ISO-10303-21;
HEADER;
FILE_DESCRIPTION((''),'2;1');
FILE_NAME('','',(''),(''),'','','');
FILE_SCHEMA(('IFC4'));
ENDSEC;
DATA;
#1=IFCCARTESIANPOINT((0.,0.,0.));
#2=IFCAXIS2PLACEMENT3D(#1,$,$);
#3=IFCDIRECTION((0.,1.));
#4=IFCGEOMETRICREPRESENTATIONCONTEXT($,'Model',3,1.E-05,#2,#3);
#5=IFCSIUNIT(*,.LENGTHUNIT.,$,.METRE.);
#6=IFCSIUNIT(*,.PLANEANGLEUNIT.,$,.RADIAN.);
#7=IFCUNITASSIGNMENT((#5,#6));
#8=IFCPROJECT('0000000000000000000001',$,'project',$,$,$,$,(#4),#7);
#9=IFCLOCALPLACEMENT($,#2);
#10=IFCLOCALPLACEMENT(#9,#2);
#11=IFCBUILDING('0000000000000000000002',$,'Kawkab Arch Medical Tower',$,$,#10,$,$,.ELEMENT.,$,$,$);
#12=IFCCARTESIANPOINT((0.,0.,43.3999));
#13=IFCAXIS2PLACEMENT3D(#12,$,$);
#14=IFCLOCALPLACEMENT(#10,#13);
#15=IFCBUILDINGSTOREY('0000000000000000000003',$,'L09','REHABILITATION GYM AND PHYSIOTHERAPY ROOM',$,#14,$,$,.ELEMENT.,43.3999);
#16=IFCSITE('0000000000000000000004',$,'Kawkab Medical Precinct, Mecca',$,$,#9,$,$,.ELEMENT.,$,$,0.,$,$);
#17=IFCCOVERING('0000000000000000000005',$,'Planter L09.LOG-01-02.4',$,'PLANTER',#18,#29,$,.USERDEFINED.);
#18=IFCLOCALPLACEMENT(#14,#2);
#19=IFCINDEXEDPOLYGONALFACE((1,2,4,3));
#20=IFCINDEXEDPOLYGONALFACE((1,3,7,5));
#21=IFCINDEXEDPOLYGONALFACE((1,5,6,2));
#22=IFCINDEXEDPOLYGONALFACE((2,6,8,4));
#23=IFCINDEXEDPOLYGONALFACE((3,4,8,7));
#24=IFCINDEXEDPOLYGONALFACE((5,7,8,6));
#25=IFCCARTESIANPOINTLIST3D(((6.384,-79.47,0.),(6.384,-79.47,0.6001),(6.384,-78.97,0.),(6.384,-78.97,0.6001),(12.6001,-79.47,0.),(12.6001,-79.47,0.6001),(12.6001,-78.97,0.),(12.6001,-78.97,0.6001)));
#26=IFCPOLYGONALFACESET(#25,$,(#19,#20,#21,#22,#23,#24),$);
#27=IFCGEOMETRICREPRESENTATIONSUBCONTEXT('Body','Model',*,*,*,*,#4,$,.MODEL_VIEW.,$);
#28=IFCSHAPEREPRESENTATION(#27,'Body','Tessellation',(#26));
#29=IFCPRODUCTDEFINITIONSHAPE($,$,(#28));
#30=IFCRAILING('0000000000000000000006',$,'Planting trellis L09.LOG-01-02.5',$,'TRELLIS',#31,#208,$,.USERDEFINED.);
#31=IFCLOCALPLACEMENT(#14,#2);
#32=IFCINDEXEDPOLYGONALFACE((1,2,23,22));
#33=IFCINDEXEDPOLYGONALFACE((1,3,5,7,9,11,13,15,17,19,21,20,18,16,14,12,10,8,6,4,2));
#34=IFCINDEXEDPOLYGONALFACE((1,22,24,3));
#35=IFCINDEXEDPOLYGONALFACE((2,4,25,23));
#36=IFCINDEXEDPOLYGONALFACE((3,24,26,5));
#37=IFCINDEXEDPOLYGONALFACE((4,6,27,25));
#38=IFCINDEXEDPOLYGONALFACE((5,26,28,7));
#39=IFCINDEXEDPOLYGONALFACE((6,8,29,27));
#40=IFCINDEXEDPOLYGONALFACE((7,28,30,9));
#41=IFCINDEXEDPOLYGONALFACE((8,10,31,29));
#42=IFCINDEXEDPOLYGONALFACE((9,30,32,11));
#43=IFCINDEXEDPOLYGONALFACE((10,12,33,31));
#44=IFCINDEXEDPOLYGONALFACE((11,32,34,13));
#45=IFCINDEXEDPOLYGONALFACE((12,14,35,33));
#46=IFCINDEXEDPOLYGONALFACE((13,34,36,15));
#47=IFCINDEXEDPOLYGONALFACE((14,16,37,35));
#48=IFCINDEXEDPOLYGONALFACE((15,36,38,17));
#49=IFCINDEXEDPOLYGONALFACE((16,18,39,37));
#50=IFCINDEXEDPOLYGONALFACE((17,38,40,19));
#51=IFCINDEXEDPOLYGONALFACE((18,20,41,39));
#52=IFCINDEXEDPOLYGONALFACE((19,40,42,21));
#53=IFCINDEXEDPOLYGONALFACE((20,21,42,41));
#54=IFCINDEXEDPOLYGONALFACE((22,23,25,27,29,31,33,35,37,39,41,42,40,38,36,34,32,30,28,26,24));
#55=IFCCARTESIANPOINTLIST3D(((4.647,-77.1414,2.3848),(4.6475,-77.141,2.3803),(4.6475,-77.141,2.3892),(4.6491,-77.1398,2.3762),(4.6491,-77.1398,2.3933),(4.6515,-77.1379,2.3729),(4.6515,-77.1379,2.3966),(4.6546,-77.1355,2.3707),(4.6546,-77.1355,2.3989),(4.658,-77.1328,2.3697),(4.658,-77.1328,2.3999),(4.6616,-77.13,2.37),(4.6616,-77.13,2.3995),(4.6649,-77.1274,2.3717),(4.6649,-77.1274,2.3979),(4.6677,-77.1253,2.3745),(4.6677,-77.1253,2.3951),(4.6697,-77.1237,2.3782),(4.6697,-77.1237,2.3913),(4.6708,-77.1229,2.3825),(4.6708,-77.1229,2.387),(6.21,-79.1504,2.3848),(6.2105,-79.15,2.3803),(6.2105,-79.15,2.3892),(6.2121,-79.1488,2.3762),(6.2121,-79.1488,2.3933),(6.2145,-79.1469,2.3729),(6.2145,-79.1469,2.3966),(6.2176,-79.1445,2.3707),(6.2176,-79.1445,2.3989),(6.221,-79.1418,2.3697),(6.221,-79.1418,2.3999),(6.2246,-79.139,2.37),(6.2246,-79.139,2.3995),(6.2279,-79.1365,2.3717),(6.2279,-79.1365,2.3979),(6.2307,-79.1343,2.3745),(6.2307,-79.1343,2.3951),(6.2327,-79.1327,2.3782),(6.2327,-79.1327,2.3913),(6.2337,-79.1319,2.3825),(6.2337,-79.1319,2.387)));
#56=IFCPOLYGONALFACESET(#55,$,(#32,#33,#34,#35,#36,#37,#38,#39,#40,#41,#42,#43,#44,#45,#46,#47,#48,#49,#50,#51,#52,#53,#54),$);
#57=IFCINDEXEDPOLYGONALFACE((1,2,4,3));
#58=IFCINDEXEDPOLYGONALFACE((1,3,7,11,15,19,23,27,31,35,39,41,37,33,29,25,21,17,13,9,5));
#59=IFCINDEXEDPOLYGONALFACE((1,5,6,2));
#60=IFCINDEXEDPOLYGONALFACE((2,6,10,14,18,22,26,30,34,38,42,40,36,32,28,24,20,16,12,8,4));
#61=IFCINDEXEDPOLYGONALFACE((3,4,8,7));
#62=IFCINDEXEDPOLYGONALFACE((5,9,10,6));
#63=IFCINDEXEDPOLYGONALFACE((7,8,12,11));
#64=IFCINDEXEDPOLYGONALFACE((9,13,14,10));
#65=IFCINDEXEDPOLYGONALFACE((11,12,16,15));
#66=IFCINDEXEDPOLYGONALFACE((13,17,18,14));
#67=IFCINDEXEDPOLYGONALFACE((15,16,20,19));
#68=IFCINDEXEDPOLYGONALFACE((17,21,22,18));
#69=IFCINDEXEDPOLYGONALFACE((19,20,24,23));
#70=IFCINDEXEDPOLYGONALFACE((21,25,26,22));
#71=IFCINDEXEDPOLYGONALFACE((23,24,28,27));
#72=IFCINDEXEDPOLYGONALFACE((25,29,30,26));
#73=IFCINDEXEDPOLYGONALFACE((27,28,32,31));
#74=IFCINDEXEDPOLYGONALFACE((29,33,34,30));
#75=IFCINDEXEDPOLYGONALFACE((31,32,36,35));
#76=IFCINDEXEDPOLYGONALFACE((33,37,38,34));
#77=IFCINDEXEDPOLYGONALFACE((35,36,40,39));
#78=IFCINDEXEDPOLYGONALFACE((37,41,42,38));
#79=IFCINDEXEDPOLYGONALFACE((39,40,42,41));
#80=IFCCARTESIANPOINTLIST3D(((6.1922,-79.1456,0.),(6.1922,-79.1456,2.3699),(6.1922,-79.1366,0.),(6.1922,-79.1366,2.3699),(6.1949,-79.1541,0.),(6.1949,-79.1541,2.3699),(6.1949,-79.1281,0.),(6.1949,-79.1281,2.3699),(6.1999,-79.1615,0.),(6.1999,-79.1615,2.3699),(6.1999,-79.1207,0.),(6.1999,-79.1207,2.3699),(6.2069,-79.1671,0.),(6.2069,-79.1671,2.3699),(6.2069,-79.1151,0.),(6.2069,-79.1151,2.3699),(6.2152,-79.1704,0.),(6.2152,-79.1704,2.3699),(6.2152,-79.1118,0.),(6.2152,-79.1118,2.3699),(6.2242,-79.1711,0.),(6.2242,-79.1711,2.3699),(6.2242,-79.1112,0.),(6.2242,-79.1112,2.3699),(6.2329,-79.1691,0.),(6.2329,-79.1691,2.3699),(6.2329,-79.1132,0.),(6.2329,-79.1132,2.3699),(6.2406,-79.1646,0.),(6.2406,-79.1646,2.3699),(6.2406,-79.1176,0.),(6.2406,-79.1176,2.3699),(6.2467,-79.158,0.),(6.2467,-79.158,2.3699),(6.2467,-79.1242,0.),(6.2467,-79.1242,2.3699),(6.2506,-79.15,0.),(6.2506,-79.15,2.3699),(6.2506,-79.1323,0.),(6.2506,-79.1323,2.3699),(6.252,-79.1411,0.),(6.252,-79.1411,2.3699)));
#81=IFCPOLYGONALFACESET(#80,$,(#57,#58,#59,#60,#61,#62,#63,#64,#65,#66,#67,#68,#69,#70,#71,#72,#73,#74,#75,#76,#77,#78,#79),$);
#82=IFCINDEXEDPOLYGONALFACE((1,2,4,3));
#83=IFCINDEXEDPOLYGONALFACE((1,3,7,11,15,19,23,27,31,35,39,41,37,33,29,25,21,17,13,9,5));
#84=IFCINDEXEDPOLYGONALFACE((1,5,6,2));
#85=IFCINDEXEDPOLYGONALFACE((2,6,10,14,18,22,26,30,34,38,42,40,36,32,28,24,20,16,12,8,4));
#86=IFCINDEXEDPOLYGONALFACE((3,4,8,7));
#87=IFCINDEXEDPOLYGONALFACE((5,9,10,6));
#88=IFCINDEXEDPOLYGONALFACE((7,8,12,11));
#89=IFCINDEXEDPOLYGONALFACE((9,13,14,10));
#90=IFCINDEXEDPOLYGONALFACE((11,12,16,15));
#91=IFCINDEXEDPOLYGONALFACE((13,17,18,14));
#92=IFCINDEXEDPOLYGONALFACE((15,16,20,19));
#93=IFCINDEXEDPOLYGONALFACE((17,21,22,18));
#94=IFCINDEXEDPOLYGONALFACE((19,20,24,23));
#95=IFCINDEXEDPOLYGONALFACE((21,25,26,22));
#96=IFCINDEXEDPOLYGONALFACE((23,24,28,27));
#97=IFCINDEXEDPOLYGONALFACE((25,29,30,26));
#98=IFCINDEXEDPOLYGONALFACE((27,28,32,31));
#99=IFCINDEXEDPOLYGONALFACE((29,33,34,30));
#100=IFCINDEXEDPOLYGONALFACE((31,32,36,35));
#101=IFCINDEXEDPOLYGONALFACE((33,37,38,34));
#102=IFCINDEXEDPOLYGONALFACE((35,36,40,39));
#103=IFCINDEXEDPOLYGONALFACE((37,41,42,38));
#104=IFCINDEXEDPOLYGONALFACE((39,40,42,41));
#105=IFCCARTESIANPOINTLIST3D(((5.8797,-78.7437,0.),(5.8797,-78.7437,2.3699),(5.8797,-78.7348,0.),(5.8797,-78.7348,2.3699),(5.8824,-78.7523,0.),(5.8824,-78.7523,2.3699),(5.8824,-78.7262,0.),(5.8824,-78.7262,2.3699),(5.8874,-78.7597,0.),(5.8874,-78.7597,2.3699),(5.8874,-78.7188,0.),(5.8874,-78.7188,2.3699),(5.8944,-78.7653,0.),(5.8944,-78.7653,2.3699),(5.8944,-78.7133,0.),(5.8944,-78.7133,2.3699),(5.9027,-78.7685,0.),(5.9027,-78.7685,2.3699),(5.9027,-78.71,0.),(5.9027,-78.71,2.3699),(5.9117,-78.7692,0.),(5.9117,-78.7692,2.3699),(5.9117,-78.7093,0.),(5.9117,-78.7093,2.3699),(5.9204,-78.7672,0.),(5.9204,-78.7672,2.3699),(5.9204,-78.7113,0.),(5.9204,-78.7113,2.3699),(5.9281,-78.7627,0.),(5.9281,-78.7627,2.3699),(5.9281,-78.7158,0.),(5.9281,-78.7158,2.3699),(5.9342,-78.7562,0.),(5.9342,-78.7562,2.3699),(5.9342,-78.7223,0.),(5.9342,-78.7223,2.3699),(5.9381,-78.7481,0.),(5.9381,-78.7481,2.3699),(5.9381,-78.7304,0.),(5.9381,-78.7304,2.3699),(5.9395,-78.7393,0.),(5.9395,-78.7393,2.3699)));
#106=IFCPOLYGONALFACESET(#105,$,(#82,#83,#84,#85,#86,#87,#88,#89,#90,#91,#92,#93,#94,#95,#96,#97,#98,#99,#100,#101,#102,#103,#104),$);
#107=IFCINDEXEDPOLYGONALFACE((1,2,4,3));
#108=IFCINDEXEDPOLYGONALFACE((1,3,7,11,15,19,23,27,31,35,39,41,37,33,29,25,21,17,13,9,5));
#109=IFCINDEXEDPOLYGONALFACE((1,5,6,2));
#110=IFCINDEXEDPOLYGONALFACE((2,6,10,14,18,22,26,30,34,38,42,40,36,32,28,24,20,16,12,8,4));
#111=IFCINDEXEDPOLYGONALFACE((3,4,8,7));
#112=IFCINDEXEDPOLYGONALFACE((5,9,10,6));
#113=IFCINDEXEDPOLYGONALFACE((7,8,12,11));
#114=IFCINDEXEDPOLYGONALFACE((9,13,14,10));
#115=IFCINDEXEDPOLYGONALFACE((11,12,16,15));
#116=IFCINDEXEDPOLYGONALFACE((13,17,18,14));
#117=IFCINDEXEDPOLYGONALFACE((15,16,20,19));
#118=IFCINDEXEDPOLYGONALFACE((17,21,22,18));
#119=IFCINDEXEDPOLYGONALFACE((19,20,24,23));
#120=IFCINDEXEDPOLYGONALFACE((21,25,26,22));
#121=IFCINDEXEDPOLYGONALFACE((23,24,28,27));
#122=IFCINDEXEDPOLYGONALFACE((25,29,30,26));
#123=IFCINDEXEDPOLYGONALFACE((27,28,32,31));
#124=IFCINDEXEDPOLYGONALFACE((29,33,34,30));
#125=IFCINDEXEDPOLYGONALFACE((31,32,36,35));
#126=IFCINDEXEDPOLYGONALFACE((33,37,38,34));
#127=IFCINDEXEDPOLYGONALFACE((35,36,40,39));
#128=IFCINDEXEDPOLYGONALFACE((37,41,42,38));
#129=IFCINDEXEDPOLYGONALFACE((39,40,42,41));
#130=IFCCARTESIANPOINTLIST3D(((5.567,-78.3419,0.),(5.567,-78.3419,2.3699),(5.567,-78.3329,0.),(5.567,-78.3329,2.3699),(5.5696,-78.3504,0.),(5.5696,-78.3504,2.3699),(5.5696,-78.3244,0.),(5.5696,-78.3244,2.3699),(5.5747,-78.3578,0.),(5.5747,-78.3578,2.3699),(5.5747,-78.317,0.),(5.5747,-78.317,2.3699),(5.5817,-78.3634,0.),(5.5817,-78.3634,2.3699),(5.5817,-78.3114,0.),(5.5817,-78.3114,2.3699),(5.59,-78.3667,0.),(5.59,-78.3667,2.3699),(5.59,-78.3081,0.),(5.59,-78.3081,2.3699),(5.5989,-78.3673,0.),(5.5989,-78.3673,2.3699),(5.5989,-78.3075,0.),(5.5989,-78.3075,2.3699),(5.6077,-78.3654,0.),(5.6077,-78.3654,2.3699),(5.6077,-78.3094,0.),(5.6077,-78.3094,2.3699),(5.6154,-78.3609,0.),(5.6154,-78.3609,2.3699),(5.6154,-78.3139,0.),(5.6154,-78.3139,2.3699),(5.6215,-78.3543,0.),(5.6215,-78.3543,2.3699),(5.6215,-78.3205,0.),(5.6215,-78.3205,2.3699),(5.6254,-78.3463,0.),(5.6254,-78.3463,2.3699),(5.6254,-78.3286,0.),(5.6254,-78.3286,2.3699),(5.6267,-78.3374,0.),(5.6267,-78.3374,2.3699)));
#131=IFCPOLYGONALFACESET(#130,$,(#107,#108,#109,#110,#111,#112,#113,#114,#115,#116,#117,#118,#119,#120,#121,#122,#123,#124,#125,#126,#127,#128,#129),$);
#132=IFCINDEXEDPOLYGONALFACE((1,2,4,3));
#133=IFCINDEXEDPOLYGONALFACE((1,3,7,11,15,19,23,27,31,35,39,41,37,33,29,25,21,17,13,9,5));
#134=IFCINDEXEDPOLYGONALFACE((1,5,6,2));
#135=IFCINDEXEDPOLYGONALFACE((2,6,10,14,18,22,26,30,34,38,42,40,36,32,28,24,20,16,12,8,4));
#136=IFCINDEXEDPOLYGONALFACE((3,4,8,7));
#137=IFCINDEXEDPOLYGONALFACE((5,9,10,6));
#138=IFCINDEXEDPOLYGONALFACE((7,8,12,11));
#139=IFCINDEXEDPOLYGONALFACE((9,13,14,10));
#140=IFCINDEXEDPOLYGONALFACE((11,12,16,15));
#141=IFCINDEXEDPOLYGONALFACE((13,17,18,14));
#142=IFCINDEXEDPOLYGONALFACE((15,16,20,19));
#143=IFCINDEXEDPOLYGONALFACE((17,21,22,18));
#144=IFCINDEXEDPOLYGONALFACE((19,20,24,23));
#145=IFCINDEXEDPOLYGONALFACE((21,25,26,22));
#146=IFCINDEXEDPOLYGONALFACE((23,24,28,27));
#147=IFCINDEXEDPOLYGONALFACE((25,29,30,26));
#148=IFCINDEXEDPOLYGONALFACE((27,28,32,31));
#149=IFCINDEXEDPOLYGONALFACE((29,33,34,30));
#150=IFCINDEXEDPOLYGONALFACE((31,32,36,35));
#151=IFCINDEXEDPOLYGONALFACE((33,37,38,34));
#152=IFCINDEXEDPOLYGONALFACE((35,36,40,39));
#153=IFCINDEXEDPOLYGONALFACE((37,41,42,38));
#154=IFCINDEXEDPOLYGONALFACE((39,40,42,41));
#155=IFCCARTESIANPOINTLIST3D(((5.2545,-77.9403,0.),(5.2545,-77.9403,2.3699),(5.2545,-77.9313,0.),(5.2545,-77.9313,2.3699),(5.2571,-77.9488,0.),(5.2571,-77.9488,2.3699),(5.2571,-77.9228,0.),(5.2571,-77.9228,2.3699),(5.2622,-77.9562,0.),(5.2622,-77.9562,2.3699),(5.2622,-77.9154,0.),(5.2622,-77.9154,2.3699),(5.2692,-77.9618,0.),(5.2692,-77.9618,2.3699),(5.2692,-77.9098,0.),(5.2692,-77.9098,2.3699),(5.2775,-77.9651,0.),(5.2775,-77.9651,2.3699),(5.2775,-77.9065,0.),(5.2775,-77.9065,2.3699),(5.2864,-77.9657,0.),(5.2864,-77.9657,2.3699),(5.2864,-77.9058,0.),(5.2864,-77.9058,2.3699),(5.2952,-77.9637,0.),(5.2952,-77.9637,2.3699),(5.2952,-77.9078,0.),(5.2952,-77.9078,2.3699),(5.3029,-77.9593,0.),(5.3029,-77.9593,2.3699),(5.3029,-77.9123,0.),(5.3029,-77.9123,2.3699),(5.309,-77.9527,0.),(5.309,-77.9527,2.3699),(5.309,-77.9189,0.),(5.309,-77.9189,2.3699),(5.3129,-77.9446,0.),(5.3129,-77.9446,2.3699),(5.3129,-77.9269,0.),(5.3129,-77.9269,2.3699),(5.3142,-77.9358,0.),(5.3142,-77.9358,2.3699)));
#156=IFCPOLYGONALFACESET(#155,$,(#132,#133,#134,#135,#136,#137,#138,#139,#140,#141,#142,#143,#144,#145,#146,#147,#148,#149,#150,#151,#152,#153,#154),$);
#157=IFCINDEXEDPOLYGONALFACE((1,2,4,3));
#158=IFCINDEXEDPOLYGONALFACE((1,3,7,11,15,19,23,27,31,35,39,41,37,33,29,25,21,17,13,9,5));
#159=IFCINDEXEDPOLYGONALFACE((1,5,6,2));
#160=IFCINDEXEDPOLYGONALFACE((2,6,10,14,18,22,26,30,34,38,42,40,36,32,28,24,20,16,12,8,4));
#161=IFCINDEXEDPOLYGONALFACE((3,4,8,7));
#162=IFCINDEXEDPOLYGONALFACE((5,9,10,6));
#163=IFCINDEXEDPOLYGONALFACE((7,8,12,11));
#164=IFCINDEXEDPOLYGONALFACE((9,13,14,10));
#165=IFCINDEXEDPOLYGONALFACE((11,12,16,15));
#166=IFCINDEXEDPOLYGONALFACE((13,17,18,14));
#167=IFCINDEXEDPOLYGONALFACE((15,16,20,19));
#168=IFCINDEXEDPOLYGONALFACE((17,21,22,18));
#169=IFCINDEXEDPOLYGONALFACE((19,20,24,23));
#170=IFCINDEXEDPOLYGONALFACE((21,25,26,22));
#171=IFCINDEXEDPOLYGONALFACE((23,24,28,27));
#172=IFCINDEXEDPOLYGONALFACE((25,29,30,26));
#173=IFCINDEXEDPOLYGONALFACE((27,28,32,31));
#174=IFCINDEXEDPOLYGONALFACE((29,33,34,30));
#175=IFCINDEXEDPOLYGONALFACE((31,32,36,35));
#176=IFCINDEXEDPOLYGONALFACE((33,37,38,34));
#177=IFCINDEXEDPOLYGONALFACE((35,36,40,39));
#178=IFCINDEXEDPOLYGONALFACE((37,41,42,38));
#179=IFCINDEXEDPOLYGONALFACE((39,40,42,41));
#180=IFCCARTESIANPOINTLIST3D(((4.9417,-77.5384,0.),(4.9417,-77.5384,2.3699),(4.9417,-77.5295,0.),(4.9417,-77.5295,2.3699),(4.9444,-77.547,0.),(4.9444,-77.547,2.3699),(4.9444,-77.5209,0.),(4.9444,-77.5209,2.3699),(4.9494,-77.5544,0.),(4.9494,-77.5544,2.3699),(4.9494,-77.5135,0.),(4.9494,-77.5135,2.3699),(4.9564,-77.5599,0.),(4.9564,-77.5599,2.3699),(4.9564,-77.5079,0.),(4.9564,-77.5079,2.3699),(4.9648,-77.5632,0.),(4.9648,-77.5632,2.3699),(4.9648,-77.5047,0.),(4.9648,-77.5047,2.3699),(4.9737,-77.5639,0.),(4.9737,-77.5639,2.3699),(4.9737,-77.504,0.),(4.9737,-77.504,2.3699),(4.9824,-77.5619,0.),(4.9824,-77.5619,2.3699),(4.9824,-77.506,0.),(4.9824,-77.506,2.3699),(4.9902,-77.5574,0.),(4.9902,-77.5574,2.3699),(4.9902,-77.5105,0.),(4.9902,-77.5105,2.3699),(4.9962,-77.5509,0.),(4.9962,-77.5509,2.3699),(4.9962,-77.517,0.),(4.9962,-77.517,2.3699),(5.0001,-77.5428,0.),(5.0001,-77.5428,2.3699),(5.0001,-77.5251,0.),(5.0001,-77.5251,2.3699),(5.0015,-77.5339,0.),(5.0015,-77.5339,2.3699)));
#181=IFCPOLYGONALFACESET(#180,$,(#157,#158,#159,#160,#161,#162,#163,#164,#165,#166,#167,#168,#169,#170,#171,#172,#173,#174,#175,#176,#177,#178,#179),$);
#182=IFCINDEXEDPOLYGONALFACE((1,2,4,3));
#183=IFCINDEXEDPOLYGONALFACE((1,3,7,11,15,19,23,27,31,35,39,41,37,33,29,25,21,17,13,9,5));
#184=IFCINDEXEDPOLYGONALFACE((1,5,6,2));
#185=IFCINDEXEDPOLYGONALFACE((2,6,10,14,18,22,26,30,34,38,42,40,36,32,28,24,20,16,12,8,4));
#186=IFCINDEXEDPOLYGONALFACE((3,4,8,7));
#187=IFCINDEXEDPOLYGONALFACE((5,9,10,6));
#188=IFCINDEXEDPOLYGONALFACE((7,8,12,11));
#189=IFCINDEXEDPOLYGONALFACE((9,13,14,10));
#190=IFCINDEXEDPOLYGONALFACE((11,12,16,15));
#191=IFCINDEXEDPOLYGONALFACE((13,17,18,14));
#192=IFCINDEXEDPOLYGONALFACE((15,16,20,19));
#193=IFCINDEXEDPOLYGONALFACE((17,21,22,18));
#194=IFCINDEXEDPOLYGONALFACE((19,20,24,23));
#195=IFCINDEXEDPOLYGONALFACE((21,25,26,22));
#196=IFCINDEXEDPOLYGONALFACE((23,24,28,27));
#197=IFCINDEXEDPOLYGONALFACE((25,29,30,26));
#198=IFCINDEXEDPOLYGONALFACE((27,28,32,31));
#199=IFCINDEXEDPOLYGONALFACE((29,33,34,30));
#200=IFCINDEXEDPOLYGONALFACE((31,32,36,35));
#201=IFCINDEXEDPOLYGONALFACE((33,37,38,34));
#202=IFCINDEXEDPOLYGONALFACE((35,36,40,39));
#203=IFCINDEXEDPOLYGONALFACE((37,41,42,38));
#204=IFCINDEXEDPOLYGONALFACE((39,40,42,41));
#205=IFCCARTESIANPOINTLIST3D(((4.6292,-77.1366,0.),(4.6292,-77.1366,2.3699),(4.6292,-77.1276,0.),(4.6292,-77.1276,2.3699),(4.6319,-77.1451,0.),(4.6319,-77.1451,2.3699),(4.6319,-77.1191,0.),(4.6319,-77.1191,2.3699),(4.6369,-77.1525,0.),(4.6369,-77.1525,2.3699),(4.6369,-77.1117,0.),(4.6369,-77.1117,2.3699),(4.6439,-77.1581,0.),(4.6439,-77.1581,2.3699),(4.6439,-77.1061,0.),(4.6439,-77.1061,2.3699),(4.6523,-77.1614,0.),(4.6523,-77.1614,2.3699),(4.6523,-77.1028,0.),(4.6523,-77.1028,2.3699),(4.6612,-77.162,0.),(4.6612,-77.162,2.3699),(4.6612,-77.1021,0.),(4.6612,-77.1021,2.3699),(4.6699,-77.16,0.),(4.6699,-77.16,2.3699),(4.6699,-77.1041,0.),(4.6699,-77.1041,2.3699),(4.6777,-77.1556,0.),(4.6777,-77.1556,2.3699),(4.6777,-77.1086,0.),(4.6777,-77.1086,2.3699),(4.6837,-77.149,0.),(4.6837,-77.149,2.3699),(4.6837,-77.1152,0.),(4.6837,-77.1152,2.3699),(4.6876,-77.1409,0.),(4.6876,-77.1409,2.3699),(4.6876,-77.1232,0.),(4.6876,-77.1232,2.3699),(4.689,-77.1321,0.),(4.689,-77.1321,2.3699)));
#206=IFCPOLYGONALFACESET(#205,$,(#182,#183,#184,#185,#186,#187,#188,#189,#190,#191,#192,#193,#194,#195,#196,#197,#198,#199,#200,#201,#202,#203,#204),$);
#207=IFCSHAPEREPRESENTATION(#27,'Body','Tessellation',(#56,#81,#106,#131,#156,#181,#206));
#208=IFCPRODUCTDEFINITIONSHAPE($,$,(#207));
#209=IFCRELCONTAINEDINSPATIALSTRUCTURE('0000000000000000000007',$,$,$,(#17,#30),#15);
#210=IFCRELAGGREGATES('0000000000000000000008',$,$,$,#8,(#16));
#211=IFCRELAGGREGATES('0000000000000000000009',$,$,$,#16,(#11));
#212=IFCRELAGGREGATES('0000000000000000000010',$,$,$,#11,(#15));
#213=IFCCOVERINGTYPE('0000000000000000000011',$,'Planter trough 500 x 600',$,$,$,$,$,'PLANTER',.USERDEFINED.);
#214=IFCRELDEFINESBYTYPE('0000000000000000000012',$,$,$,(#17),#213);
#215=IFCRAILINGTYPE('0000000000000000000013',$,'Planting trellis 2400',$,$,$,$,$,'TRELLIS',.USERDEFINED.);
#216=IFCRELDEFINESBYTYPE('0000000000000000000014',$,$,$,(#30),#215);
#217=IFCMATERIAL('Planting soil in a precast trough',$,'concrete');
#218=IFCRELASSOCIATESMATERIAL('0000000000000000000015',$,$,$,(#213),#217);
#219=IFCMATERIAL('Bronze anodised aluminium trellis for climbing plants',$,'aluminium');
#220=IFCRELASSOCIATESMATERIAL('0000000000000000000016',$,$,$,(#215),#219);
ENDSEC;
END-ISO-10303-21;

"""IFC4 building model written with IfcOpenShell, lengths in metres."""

from ifc_helpers import new_model, si_unit, direction, frame, origin, origin_2d, place, context, subcontext, project, spatial, rectangle, circle, extrude, material, material_profile, profile_set, type_object, element, save


model = new_model("IFC4")

# Units and contexts
model_context = context("Model", 3, precision=1e-05, world=origin(), true_north=direction((0.0, 1.0)))
body_context = subcontext(model_context, "Body", "Model", "MODEL_VIEW")
ifc_project = project(units=[si_unit("LENGTHUNIT", "METRE"), si_unit("PLANEANGLEUNIT", "RADIAN")], contexts=[model_context])

# Site, building, storey
site_placement = place(None, origin())
site = spatial("IfcSite", under=ifc_project, at=site_placement, Name="Kawkab Medical Precinct, Mecca", CompositionType="ELEMENT", RefElevation=0.0)
building_placement = place(site_placement, origin())
building = spatial("IfcBuilding", under=site, at=building_placement, Name="Kawkab Arch Medical Tower", CompositionType="ELEMENT")
storey_placement = place(building_placement, frame((0.0, 0.0, 43.3999)))
storey = spatial("IfcBuildingStorey", under=building, at=storey_placement, Name="L09", Description="REHABILITATION GYM AND PHYSIOTHERAPY ROOM", CompositionType="ELEMENT", Elevation=43.3999)

# Covering
ifc_material_1 = material(Name="Planting soil in a precast trough", Category="concrete")
ifc_material_profile_1 = material_profile(ifc_material_1, rectangle(XDim=0.5, YDim=0.6001, at=origin_2d()), Name="Trough 500x600")
ifc_profile_set_1 = profile_set([ifc_material_profile_1], Name="Planting soil in a precast trough")
covering_type_1 = type_object("IfcCoveringType", Name="Planter trough 500 x 600", ElementType="PLANTER", PredefinedType="USERDEFINED", material=ifc_profile_set_1)
covering_1_placement = place(storey_placement, frame((12.6001, -79.22, 0.3), z_axis=(-1.0, 0.0, 0.0), x_axis=(0.0, -1.0, 0.0)))
element("IfcCovering", 1, at=covering_1_placement, inside=storey, type_object=covering_type_1, Name="Planter L09.LOG-01-02.4", ObjectType="PLANTER", PredefinedType="USERDEFINED", context=body_context, shape_type="SweptSolid", body=[
    extrude(rectangle(XDim=0.5, YDim=0.6001, at=origin_2d()), origin(), (0.0, 0.0, 1.0), 6.2161),
])

# Railing
ifc_material_2 = material(Name="Bronze anodised aluminium trellis for climbing plants", Category="aluminium")
railing_type = type_object("IfcRailingType", Name="Planting trellis 2400", ElementType="TRELLIS", PredefinedType="USERDEFINED", material=ifc_material_2)
railing_placement = place(storey_placement, frame((6.2219, -79.1411, 0.0)))
element("IfcRailing", 2, at=railing_placement, inside=storey, type_object=railing_type, Name="Planting trellis L09.LOG-01-02.5", ObjectType="TRELLIS", PredefinedType="USERDEFINED", context=body_context, shape_type="SweptSolid", body=[
    extrude(circle(Radius=0.0151, at=origin_2d()), frame((0.0, 0.0, 2.3848), z_axis=(-0.61404, 0.789275, 0.0), x_axis=(-0.789275, -0.61404, 0.0)), (0.0, 0.0, 1.0), 2.5454),
    extrude(circle(Radius=0.03, at=origin_2d()), origin(), (0.0, 0.0, 1.0), 2.3699),
    extrude(circle(Radius=0.03, at=origin_2d()), frame((-0.3125, 0.4019, 0.0)), (0.0, 0.0, 1.0), 2.3699),
    extrude(circle(Radius=0.03, at=origin_2d()), frame((-0.6252, 0.8037, 0.0)), (0.0, 0.0, 1.0), 2.3699),
    extrude(circle(Radius=0.03, at=origin_2d()), frame((-0.9377, 1.2053, 0.0)), (0.0, 0.0, 1.0), 2.3699),
    extrude(circle(Radius=0.03, at=origin_2d()), frame((-1.2505, 1.6072, 0.0)), (0.0, 0.0, 1.0), 2.3699),
    extrude(circle(Radius=0.03, at=origin_2d()), frame((-1.563, 2.009, 0.0)), (0.0, 0.0, 1.0), 2.3699),
])

save(model, "model.ifc")
